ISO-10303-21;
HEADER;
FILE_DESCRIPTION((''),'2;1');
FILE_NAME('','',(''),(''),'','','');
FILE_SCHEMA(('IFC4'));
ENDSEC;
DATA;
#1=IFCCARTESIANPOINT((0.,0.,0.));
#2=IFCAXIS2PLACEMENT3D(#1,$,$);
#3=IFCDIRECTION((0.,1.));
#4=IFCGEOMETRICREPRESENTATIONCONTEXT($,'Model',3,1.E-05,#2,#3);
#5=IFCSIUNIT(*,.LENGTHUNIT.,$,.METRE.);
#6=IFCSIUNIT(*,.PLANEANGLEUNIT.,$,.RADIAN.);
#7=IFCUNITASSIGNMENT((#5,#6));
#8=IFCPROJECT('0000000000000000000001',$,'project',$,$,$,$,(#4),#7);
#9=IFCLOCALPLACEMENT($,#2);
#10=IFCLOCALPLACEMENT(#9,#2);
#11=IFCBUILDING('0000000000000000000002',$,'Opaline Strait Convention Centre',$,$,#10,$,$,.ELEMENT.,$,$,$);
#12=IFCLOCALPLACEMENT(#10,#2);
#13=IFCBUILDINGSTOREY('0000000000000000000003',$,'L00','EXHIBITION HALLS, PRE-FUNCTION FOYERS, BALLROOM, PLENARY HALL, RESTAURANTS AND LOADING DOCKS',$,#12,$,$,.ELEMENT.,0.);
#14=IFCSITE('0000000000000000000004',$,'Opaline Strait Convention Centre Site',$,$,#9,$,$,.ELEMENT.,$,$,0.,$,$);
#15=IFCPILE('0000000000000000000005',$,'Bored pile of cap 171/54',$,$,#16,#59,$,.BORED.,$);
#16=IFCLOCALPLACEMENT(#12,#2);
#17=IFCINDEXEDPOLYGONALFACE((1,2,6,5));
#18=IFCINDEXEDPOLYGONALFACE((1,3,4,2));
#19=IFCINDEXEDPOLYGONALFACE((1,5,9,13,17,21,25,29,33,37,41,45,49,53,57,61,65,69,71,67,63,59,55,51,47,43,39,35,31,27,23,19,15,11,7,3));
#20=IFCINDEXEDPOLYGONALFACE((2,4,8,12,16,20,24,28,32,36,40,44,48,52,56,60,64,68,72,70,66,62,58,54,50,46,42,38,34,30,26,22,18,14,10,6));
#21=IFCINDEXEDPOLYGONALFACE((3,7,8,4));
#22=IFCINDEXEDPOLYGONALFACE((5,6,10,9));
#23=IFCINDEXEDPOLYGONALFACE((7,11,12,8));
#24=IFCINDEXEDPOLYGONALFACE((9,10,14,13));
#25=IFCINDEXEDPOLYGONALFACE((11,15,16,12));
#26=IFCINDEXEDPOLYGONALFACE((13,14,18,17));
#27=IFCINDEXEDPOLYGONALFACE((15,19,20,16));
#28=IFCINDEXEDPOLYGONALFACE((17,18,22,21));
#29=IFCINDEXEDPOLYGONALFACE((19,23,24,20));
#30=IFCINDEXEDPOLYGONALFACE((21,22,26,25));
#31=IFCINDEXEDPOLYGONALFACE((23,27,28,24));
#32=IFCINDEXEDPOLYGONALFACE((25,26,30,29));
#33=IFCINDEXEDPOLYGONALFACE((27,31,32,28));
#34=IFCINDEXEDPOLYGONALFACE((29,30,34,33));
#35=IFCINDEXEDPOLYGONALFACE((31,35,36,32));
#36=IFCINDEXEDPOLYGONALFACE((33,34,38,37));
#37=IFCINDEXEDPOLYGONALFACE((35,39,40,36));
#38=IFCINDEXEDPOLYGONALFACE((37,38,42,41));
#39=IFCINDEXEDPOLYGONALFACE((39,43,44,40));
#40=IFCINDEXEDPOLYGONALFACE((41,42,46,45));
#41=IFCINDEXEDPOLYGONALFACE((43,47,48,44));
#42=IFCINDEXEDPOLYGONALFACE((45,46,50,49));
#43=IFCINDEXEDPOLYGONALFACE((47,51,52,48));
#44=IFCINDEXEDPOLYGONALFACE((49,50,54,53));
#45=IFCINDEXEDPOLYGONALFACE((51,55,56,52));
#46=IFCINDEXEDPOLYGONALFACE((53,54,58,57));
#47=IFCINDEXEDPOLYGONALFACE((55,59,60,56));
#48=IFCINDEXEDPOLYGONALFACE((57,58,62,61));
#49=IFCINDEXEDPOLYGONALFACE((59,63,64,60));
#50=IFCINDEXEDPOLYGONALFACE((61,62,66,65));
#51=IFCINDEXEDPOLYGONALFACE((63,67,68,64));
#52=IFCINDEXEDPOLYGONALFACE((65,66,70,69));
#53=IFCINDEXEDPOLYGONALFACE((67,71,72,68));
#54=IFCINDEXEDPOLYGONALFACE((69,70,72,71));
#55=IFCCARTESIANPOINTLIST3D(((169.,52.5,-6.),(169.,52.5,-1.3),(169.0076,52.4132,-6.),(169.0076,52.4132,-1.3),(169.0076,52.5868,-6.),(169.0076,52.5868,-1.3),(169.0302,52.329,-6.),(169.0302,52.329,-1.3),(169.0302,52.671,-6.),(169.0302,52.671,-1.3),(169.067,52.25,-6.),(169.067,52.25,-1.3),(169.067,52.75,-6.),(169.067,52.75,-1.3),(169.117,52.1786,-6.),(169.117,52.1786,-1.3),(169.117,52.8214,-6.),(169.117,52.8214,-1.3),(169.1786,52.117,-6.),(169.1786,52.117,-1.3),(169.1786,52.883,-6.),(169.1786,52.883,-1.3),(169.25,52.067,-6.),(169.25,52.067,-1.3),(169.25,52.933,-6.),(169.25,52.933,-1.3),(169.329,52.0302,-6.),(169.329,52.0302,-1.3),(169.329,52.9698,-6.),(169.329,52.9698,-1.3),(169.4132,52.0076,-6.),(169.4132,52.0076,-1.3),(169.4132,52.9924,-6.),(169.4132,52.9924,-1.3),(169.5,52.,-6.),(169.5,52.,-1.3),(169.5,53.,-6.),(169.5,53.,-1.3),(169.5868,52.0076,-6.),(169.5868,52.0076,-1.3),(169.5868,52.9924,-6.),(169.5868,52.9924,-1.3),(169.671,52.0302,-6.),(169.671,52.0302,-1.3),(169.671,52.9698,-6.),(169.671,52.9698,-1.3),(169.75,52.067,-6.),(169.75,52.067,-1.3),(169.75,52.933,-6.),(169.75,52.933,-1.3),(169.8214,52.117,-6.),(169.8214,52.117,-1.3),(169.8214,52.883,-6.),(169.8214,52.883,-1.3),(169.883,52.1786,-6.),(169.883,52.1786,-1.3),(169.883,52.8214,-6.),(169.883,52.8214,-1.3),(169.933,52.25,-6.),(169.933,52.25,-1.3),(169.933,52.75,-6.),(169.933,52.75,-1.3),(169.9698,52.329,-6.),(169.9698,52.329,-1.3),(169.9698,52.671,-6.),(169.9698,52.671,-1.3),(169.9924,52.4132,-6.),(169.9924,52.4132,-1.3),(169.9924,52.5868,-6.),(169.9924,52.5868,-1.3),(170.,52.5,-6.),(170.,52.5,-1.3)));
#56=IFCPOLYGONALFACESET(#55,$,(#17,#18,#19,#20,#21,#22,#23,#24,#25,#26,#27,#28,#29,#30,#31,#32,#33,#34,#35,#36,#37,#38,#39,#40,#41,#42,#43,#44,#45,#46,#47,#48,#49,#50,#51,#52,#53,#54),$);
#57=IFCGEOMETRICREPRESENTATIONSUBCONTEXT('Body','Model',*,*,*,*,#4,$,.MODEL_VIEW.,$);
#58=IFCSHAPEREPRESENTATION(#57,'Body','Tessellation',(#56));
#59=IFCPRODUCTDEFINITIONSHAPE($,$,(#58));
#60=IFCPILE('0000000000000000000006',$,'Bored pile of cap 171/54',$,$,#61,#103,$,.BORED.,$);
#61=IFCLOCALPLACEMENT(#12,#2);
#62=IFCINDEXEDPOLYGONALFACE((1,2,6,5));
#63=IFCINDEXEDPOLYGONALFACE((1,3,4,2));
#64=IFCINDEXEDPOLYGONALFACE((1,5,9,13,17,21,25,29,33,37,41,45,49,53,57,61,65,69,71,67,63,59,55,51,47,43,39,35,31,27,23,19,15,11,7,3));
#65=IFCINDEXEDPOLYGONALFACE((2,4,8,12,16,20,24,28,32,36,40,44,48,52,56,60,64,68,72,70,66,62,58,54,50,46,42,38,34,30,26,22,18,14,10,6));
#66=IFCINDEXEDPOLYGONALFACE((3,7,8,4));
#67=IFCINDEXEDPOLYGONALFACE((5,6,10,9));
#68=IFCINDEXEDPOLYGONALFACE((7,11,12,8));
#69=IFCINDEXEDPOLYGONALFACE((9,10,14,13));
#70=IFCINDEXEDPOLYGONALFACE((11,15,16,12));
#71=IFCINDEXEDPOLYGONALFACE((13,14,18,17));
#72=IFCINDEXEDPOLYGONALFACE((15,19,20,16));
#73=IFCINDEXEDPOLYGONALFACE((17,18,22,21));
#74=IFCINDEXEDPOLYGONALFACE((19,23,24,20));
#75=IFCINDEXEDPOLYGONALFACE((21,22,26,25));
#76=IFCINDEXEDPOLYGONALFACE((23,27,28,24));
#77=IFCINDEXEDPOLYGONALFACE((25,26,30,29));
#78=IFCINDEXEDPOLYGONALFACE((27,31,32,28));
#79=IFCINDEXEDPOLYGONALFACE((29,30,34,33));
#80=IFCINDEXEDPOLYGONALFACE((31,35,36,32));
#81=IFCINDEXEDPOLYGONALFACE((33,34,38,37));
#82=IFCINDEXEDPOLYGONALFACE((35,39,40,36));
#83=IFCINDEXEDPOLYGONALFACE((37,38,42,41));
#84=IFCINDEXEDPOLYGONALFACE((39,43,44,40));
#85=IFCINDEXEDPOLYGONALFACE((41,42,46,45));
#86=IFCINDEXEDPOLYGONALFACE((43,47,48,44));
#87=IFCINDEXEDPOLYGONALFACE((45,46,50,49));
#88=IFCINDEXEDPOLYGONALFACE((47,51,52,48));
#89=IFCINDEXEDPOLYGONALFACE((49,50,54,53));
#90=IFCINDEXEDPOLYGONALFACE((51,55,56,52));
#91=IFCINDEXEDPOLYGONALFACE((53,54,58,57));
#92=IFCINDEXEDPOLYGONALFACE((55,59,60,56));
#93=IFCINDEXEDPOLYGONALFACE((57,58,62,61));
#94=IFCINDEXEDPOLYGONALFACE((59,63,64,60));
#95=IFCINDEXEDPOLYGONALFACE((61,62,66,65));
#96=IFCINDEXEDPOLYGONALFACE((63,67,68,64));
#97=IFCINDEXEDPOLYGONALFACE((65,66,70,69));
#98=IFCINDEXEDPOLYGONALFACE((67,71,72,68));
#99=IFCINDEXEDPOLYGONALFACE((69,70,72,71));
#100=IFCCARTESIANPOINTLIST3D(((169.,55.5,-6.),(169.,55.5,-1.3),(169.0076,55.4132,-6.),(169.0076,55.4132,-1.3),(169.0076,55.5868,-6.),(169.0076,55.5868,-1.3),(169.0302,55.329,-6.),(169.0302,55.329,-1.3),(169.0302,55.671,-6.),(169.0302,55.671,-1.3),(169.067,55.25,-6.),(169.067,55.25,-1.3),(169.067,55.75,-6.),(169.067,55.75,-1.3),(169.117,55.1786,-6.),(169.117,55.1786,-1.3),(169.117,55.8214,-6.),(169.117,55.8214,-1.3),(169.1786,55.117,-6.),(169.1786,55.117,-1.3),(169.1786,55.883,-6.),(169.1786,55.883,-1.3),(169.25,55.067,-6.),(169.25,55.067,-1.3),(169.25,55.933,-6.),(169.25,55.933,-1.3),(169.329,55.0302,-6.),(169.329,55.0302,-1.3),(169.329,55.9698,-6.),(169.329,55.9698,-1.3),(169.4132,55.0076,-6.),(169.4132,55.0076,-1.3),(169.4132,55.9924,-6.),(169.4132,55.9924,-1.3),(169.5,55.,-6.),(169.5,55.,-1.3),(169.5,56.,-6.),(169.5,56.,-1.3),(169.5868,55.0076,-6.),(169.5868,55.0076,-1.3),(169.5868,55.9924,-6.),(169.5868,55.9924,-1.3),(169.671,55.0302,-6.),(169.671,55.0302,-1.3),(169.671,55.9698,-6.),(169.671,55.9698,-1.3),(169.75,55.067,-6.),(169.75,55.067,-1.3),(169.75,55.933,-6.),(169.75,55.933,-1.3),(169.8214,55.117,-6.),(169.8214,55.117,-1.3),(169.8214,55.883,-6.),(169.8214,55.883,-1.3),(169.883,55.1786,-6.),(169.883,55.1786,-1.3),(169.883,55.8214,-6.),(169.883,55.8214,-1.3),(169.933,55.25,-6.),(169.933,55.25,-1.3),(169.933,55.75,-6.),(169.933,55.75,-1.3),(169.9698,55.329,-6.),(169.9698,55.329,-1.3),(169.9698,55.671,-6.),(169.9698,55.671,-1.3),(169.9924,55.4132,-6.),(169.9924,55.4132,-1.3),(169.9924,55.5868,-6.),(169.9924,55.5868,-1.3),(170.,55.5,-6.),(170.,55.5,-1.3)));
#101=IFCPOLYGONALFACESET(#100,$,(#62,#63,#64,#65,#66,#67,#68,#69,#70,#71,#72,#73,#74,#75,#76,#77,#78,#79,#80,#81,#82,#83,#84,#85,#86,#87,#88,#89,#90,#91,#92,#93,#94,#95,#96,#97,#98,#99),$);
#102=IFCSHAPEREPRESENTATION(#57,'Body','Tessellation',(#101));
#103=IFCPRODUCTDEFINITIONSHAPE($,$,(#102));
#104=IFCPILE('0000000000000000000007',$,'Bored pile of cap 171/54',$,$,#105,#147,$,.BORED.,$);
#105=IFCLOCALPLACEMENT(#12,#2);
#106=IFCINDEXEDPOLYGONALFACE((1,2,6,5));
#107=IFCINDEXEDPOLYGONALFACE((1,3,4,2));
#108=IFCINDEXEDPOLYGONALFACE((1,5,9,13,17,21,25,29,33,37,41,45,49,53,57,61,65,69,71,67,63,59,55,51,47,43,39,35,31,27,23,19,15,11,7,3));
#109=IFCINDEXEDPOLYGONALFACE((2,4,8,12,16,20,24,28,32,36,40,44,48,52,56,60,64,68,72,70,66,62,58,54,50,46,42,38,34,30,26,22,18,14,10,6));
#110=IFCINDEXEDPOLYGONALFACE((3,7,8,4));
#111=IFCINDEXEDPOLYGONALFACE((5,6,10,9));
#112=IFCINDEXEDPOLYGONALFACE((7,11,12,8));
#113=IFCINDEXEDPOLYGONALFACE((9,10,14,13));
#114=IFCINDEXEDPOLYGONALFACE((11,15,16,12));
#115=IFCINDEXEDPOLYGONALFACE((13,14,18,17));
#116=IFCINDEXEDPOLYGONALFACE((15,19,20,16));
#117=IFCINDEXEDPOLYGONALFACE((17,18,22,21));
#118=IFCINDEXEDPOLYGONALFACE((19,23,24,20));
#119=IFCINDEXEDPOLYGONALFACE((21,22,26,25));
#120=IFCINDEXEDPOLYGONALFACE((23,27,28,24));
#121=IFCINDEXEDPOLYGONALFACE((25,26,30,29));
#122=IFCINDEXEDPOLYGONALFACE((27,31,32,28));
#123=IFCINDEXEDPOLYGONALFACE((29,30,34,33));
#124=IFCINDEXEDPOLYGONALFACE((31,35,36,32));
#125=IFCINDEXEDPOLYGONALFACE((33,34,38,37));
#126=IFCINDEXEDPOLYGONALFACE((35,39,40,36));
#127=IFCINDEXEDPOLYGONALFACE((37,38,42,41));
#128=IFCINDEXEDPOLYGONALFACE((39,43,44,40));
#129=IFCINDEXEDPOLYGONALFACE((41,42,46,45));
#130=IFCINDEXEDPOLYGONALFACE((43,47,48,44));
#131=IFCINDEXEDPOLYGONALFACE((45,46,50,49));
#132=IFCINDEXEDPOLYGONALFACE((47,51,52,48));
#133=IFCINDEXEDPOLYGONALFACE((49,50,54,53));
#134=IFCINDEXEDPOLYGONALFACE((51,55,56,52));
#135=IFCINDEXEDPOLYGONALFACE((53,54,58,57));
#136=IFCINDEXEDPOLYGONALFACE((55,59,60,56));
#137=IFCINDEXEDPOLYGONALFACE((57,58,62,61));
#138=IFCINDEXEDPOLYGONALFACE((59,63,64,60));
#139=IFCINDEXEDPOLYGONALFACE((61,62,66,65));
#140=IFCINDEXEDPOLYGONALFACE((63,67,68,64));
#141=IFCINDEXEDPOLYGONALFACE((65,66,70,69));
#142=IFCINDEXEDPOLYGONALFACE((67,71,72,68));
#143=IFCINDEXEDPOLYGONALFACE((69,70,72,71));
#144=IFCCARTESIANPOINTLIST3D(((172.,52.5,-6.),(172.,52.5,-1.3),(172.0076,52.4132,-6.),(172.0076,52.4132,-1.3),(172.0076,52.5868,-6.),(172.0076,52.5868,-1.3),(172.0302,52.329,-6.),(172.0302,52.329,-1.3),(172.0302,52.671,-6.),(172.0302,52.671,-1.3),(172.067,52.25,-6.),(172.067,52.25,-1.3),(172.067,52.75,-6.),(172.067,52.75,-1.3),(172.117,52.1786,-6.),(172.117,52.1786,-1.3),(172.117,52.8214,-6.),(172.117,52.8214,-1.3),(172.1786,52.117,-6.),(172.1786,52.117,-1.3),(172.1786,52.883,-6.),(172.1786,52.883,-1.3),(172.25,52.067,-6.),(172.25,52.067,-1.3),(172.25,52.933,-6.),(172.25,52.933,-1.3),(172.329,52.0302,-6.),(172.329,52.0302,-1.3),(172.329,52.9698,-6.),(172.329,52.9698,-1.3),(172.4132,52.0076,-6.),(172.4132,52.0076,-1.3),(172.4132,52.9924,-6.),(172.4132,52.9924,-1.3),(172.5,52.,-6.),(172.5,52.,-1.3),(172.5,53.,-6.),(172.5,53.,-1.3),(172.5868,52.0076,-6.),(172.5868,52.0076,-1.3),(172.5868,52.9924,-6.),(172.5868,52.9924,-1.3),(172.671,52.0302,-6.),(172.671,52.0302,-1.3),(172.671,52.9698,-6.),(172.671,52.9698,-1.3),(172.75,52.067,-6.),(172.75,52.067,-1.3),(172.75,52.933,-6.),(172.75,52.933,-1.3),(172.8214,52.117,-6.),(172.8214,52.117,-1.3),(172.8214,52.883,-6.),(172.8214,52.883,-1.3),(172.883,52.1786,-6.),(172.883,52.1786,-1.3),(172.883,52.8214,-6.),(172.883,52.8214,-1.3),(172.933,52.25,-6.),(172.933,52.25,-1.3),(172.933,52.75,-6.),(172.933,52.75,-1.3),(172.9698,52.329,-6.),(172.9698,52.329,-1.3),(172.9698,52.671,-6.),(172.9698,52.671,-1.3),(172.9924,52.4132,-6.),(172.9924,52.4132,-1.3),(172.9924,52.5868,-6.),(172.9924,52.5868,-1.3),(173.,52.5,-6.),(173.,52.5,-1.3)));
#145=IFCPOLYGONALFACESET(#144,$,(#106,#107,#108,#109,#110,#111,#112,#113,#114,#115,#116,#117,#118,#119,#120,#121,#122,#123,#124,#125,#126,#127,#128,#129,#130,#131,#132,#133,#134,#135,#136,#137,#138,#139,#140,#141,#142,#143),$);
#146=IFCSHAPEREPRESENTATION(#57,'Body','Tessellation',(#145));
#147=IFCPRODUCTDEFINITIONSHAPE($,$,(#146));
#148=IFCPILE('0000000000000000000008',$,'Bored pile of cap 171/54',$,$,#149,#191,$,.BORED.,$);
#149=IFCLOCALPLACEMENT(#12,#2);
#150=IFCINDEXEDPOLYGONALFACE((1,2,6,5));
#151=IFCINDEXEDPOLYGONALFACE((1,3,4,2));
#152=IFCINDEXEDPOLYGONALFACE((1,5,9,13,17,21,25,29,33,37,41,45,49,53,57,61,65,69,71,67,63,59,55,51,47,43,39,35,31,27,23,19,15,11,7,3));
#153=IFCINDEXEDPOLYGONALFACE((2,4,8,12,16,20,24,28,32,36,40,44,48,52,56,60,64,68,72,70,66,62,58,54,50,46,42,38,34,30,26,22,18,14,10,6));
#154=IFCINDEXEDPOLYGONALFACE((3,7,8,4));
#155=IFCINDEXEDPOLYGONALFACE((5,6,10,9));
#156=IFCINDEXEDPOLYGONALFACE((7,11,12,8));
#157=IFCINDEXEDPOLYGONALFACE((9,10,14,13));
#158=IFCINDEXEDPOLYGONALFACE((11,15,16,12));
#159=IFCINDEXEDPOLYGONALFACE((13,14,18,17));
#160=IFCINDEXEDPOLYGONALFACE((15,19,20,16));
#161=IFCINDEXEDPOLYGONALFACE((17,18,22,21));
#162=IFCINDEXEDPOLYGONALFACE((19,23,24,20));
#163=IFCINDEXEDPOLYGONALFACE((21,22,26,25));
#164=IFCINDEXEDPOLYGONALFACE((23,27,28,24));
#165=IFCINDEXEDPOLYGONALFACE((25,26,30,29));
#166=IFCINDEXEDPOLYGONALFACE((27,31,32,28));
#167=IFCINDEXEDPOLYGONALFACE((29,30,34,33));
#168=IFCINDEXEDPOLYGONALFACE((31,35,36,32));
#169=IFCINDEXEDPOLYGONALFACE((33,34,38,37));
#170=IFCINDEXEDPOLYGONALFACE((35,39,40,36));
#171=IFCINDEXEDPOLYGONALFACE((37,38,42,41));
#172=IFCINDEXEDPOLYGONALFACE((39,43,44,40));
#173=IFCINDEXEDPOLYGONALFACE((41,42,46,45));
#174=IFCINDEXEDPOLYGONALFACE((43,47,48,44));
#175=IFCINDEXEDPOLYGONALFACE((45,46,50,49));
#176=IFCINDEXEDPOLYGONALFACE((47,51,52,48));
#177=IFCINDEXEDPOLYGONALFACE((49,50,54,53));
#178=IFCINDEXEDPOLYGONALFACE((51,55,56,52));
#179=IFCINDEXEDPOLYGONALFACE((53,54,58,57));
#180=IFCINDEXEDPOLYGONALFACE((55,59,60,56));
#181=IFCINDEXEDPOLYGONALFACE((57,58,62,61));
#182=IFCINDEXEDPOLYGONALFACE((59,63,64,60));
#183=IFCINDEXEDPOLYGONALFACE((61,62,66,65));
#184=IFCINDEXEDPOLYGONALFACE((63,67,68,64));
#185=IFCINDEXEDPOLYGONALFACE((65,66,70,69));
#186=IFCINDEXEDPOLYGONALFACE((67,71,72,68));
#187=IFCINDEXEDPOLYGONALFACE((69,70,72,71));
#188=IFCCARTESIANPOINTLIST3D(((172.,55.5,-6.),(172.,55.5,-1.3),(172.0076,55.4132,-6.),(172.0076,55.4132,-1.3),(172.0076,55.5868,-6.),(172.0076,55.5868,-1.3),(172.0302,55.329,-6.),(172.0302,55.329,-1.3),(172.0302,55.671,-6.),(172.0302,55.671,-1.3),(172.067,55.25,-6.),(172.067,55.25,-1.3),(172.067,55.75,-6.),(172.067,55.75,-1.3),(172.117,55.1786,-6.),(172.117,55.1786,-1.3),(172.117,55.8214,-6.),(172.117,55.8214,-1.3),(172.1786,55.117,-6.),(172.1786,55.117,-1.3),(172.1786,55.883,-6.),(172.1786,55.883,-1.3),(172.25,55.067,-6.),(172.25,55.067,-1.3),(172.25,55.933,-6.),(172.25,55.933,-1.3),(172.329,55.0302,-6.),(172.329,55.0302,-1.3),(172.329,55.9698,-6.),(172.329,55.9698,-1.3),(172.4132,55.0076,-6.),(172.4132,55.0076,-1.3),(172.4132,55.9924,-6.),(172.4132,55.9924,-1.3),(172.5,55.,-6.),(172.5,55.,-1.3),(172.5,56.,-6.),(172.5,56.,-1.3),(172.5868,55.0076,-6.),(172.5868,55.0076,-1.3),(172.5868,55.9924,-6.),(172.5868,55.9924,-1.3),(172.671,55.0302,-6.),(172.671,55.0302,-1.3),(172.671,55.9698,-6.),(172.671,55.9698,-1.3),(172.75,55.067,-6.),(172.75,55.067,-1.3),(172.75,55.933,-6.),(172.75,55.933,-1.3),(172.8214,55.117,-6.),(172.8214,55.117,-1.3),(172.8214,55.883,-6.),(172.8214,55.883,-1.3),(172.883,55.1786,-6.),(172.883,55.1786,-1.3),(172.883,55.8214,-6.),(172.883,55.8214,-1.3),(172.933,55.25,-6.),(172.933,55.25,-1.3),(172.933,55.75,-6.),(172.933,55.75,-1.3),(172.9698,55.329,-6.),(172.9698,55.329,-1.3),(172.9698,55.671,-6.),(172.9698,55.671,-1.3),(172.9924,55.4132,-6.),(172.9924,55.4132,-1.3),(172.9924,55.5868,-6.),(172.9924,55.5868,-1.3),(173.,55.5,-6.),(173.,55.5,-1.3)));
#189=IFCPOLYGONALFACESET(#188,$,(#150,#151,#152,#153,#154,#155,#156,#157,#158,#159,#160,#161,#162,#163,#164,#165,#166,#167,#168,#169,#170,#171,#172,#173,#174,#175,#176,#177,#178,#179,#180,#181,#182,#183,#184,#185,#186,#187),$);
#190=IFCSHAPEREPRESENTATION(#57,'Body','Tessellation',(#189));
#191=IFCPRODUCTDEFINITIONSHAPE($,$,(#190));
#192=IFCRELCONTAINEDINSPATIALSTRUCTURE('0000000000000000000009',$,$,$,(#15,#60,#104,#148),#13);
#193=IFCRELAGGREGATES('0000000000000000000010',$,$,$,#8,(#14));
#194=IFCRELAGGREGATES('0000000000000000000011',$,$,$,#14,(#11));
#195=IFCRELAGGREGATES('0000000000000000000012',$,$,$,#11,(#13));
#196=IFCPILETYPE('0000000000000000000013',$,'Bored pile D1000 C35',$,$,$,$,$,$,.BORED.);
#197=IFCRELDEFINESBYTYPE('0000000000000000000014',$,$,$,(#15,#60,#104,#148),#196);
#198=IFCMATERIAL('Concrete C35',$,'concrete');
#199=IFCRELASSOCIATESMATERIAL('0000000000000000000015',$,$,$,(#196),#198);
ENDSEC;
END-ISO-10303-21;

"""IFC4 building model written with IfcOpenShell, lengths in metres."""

from ifc_helpers import new_model, si_unit, direction, frame, origin, origin_2d, place, context, subcontext, project, spatial, circle, extrude, material, material_profile, profile_set, type_object, element, save


model = new_model("IFC4")

# Units and contexts
model_context = context("Model", 3, precision=1e-05, world=origin(), true_north=direction((0.0, 1.0)))
body_context = subcontext(model_context, "Body", "Model", "MODEL_VIEW")
ifc_project = project(units=[si_unit("LENGTHUNIT", "METRE"), si_unit("PLANEANGLEUNIT", "RADIAN")], contexts=[model_context])

# Site, building, storey
site_placement = place(None, origin())
site = spatial("IfcSite", under=ifc_project, at=site_placement, Name="Opaline Strait Convention Centre Site", CompositionType="ELEMENT", RefElevation=0.0)
building_placement = place(site_placement, origin())
building = spatial("IfcBuilding", under=site, at=building_placement, Name="Opaline Strait Convention Centre", CompositionType="ELEMENT")
storey_placement = place(building_placement, origin())
storey = spatial("IfcBuildingStorey", under=building, at=storey_placement, Name="L00", Description="EXHIBITION HALLS, PRE-FUNCTION FOYERS, BALLROOM, PLENARY HALL, RESTAURANTS AND LOADING DOCKS", CompositionType="ELEMENT", Elevation=0.0)

# Piles
ifc_material_1 = material(Name="Concrete C35", Category="concrete")
ifc_material_profile_1 = material_profile(ifc_material_1, circle(Radius=0.5, at=origin_2d()), Name="D1000")
ifc_profile_set_1 = profile_set([ifc_material_profile_1], Name="Concrete C35")
pile_type_1 = type_object("IfcPileType", Name="Bored pile D1000 C35", PredefinedType="BORED", material=ifc_profile_set_1)
for number, where, z_axis, x_axis, name in (
    (1, (169.5, 52.5, -1.3), (0.0, 0.0, -1.0), (1.0, 0.0, 0.0), "Bored pile of cap 171/54"),
    (2, (169.5, 55.5, -1.3), (0.0, 0.0, -1.0), (1.0, 0.0, 0.0), "Bored pile of cap 171/54"),
    (3, (172.5, 52.5, -1.3), (0.0, 0.0, -1.0), (1.0, 0.0, 0.0), "Bored pile of cap 171/54"),
    (4, (172.5, 55.5, -1.3), (0.0, 0.0, -1.0), (1.0, 0.0, 0.0), "Bored pile of cap 171/54"),
):
    element("IfcPile", number, at=place(storey_placement, frame(where, z_axis=z_axis, x_axis=x_axis)), inside=storey, type_object=pile_type_1, Name=name, PredefinedType="BORED", context=body_context, shape_type="SweptSolid", body=[
        extrude(circle(Radius=0.5, at=origin_2d()), origin(), (0.0, 0.0, 1.0), 4.7),
    ])

save(model, "model.ifc")
